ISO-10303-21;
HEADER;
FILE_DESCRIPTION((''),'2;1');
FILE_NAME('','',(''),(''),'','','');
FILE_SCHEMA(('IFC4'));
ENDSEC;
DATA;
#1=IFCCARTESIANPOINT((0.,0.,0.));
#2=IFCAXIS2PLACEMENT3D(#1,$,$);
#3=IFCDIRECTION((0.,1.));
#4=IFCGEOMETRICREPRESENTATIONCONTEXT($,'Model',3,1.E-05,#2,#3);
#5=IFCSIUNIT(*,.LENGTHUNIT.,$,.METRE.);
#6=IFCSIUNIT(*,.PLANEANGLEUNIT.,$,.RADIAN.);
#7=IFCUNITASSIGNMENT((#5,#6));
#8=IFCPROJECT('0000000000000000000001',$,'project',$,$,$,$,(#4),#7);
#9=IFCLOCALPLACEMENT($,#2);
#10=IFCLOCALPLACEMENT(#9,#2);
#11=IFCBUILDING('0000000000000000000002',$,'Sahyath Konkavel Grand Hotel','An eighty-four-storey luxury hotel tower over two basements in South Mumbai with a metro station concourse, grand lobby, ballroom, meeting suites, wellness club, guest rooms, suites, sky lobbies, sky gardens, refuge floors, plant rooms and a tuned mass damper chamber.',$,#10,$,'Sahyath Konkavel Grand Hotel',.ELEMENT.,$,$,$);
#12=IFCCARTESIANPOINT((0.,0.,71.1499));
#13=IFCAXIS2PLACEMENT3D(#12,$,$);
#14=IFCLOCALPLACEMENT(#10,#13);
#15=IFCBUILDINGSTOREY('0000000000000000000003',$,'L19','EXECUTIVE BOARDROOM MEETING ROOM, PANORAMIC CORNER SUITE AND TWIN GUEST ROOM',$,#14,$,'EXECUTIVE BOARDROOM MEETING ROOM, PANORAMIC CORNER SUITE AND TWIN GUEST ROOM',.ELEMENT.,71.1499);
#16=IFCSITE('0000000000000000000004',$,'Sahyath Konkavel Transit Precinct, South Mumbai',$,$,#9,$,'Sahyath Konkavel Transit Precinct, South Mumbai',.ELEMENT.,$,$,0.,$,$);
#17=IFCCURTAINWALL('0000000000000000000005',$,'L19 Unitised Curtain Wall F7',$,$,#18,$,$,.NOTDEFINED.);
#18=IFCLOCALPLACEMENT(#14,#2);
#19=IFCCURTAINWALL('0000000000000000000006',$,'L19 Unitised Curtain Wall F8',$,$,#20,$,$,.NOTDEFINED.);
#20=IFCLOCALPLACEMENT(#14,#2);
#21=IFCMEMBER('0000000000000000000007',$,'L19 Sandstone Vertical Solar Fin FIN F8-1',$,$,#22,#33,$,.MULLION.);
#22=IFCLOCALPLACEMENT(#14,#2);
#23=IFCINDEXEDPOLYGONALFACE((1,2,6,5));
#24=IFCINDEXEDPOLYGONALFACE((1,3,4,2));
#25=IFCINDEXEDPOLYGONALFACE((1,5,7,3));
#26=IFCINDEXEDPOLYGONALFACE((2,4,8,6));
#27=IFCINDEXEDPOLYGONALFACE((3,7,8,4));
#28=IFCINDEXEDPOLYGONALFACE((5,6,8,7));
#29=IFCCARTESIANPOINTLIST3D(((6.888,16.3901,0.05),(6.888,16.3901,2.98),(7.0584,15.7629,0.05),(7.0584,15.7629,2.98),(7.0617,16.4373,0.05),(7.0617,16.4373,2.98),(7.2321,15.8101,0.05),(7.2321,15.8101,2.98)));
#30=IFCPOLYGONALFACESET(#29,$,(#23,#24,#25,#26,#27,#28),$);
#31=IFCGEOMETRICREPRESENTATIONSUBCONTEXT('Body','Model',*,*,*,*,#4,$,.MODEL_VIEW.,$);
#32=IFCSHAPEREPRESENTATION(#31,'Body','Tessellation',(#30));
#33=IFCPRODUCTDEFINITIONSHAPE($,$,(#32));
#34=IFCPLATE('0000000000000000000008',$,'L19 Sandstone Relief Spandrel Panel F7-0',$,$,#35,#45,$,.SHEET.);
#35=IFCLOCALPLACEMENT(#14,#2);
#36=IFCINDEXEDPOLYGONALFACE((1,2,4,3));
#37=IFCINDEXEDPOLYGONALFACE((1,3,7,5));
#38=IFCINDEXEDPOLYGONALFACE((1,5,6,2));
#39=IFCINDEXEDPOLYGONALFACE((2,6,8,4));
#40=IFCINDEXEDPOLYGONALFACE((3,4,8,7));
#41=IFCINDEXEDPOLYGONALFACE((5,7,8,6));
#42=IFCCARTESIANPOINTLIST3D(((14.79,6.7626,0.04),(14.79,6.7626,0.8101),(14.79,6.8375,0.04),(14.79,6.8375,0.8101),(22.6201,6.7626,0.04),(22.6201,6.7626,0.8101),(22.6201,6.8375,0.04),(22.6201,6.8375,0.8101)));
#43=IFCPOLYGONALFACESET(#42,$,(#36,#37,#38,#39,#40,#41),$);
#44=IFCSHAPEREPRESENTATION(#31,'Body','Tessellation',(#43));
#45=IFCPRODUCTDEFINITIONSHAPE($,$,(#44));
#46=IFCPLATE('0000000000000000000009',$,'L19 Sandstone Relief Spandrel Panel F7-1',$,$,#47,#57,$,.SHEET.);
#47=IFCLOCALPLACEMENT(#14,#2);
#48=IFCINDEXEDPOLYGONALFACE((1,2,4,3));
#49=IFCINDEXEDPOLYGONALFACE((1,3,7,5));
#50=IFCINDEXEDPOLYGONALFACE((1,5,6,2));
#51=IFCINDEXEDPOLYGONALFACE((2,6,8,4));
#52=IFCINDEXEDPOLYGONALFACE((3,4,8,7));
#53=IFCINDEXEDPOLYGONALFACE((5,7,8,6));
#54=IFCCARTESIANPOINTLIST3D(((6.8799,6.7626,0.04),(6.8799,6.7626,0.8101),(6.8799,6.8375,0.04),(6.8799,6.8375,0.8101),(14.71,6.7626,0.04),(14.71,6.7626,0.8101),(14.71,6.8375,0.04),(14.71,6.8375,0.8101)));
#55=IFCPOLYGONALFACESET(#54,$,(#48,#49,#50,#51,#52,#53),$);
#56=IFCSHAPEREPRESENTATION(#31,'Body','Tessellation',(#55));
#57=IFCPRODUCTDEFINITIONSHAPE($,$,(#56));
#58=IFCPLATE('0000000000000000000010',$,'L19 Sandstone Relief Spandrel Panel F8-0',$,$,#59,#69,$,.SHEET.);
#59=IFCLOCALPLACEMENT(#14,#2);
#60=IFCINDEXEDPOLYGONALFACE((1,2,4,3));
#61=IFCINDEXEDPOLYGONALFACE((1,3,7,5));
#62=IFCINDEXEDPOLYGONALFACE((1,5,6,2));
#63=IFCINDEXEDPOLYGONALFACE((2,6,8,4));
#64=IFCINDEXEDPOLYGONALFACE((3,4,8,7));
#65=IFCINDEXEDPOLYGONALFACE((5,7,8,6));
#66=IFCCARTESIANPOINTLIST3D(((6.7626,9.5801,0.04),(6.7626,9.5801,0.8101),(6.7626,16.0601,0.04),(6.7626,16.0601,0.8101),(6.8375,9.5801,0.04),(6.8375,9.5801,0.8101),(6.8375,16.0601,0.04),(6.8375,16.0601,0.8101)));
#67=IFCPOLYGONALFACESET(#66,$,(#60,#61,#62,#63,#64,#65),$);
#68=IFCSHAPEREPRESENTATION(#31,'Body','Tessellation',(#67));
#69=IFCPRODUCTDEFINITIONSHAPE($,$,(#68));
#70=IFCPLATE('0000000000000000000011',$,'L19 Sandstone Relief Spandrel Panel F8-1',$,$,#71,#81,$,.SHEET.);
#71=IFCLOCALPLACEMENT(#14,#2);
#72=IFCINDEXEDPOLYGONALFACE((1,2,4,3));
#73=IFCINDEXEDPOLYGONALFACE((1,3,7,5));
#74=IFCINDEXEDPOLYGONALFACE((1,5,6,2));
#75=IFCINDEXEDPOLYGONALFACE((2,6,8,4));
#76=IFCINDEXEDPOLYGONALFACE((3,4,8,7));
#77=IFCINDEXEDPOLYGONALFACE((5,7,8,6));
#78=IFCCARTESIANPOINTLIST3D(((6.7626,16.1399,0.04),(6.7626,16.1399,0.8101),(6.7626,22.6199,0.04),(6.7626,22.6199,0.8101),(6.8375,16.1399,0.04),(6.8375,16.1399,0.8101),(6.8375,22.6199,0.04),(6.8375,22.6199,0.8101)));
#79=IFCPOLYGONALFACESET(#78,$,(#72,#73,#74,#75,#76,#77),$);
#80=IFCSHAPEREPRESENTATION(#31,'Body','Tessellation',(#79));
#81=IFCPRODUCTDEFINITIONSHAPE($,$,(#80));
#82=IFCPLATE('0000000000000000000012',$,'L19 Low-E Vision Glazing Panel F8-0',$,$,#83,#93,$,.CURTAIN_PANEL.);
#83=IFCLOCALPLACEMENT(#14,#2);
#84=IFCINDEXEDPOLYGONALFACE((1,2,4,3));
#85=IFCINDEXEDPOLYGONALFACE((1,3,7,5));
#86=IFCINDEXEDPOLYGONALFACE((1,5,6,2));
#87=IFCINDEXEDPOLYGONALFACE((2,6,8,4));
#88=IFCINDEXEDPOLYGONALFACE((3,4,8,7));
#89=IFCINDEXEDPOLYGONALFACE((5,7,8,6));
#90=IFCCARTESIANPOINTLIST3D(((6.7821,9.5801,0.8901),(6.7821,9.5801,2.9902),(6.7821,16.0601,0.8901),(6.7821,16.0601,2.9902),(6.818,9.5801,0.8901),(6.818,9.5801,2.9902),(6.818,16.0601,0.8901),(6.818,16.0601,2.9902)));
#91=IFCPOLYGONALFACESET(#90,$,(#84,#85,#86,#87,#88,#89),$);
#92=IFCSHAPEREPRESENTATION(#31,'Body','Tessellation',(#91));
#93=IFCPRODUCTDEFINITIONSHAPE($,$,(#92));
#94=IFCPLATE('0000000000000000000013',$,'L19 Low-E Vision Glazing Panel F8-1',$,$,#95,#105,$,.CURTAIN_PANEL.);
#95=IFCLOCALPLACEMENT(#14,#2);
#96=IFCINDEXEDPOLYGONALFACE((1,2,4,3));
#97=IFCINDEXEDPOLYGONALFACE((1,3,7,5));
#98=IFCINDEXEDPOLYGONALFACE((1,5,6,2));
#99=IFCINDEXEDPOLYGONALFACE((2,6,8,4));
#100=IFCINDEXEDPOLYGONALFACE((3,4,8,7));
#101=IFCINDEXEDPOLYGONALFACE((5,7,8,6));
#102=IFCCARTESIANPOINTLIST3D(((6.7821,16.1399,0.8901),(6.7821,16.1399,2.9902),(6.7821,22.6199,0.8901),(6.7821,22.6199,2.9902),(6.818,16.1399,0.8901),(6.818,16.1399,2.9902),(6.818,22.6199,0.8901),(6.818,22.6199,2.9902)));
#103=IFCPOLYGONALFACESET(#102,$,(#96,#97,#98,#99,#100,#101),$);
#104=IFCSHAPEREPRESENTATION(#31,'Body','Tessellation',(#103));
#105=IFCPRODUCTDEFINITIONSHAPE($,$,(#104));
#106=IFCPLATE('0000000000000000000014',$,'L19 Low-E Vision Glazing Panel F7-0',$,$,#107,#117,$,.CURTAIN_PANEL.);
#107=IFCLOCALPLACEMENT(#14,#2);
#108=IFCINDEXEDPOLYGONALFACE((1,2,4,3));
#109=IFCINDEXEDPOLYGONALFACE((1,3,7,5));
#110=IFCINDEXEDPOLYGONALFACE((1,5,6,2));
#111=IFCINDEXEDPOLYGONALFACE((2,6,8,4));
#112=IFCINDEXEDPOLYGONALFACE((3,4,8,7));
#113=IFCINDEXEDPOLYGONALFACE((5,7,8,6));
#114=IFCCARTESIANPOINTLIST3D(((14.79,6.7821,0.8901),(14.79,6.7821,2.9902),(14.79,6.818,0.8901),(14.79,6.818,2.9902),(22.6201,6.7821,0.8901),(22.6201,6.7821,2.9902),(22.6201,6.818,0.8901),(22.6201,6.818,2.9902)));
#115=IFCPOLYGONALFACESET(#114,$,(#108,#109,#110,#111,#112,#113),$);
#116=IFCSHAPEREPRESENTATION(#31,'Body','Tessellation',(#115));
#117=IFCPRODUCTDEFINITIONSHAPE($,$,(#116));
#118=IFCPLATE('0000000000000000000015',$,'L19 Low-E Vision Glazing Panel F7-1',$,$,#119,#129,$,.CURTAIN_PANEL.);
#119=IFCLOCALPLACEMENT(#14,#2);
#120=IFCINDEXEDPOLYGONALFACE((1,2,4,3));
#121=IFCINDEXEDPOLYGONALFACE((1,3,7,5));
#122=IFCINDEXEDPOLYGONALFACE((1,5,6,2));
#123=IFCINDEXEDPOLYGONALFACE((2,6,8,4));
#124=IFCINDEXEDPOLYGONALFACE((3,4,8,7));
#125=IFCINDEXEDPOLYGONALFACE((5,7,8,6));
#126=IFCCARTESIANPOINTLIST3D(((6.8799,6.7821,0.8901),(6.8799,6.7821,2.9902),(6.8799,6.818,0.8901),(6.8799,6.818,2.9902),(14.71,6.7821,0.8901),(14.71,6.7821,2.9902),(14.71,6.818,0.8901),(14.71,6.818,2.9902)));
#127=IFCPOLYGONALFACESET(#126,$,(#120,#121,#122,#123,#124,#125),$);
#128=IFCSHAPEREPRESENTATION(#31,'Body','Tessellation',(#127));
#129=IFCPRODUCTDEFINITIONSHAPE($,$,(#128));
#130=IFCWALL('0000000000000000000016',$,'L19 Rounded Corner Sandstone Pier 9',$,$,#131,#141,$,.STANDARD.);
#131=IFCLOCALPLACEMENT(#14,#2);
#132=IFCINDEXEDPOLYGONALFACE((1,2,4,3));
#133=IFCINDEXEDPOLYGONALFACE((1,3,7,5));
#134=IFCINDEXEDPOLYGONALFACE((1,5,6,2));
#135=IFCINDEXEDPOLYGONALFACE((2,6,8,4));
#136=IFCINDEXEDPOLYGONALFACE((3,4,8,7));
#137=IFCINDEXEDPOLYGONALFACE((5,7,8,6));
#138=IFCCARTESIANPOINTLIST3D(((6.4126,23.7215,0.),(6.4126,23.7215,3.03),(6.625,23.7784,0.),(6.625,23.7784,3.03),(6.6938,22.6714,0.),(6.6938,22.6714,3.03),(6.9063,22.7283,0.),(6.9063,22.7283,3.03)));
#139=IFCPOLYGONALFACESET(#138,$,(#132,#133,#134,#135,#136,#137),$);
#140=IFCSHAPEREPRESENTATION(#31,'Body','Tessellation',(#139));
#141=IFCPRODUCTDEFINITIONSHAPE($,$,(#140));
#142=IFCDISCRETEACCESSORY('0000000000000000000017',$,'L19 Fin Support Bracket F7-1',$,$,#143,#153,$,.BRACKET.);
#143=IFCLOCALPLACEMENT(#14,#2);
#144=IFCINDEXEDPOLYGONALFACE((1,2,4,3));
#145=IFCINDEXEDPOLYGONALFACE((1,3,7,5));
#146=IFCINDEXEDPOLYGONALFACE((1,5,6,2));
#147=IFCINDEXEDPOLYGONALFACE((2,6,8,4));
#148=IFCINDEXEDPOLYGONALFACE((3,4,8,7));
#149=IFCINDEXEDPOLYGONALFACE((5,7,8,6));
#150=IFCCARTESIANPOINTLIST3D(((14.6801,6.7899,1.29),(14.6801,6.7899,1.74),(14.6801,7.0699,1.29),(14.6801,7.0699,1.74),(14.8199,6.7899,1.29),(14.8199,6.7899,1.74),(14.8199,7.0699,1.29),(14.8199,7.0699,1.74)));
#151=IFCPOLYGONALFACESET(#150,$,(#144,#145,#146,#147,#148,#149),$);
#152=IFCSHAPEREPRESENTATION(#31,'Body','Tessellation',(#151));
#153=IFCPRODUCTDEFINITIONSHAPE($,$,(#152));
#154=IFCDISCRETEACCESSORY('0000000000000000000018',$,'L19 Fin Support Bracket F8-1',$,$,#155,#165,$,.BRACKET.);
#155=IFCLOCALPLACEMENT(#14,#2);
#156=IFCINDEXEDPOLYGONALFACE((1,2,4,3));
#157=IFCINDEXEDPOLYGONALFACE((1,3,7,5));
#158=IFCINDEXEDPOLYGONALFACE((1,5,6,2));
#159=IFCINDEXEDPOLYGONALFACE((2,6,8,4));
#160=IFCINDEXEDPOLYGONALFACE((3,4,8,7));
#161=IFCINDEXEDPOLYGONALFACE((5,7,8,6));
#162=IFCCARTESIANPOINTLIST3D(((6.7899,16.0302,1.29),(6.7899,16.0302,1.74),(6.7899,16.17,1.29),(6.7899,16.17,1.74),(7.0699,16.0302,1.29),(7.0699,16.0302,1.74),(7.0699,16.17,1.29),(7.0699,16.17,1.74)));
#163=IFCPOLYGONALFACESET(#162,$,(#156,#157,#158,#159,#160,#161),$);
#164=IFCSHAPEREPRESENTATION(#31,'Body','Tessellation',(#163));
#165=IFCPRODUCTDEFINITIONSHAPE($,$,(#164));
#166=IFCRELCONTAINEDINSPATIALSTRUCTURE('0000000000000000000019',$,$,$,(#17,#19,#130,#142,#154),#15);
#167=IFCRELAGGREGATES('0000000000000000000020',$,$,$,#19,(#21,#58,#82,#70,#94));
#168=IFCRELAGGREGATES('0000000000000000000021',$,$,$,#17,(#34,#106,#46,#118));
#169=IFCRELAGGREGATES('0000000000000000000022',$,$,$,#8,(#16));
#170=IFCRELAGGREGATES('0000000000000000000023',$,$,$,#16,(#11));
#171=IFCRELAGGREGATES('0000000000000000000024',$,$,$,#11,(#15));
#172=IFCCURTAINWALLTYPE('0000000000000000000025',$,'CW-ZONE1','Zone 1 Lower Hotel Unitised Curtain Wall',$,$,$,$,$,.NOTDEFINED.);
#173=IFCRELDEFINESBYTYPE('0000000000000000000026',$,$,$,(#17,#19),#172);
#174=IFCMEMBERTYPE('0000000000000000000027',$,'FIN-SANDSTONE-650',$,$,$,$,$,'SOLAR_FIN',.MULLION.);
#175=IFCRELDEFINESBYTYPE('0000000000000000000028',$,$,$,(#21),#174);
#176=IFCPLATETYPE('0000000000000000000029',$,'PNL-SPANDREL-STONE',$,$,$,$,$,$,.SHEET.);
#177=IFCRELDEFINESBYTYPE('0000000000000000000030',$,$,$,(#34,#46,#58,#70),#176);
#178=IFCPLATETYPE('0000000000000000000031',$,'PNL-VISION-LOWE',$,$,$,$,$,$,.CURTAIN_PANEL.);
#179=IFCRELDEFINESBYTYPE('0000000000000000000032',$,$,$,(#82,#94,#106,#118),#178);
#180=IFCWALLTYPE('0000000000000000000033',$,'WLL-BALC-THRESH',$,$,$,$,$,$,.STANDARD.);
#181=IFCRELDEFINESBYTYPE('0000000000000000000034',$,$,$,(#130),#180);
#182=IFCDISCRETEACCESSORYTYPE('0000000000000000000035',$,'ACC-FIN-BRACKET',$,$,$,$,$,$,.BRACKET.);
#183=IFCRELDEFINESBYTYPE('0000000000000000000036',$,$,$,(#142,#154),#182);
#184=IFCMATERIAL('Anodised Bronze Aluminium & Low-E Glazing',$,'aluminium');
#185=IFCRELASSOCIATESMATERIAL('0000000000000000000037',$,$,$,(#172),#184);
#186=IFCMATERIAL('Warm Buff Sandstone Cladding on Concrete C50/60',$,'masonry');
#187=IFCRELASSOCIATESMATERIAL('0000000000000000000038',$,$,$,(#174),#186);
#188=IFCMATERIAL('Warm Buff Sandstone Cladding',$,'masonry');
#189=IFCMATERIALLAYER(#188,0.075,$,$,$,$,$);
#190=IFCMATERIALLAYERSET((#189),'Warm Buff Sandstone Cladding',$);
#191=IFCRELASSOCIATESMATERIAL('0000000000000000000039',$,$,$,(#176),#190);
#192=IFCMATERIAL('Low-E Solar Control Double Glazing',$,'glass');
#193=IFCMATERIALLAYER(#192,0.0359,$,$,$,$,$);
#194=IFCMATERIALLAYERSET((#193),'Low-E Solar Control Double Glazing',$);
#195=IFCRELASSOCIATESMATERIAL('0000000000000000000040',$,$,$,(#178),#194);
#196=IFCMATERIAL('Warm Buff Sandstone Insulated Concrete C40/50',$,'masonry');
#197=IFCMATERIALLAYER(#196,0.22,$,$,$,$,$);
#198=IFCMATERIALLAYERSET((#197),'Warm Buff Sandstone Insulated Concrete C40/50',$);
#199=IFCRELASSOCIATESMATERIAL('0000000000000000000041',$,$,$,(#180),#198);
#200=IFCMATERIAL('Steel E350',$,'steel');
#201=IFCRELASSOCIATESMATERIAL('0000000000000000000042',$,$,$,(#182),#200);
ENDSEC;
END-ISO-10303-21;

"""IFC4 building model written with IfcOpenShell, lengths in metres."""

from ifc_helpers import new_model, si_unit, direction, frame, frame_2d, origin, origin_2d, place, context, subcontext, project, spatial, rectangle, extrude, source, transform, mapped, material, layer, layer_set, material_profile, profile_set, type_object, element, aggregate, save


model = new_model("IFC4")

# Units and contexts
model_context = context("Model", 3, precision=1e-05, world=origin(), true_north=direction((0.0, 1.0)))
body_context = subcontext(model_context, "Body", "Model", "MODEL_VIEW")
ifc_project = project(units=[si_unit("LENGTHUNIT", "METRE"), si_unit("PLANEANGLEUNIT", "RADIAN")], contexts=[model_context])

# Site, building, storey
site_placement = place(None, origin())
site = spatial("IfcSite", under=ifc_project, at=site_placement, Name="Sahyath Konkavel Transit Precinct, South Mumbai", LongName="Sahyath Konkavel Transit Precinct, South Mumbai", CompositionType="ELEMENT", RefElevation=0.0)
building_placement = place(site_placement, origin())
building = spatial("IfcBuilding", under=site, at=building_placement, Name="Sahyath Konkavel Grand Hotel", Description="An eighty-four-storey luxury hotel tower over two basements in South Mumbai with a metro station concourse, grand lobby, ballroom, meeting suites, wellness club, guest rooms, suites, sky lobbies, sky gardens, refuge floors, plant rooms and a tuned mass damper chamber.", LongName="Sahyath Konkavel Grand Hotel", CompositionType="ELEMENT")
storey_placement = place(building_placement, frame((0.0, 0.0, 71.1499)))
storey = spatial("IfcBuildingStorey", under=building, at=storey_placement, Name="L19", Description="EXECUTIVE BOARDROOM MEETING ROOM, PANORAMIC CORNER SUITE AND TWIN GUEST ROOM", LongName="EXECUTIVE BOARDROOM MEETING ROOM, PANORAMIC CORNER SUITE AND TWIN GUEST ROOM", CompositionType="ELEMENT", Elevation=71.1499)

# Curtain walls
ifc_material_1 = material(Name="Anodised Bronze Aluminium & Low-E Glazing", Category="aluminium")
curtain_wall_type = type_object("IfcCurtainWallType", Name="CW-ZONE1", Description="Zone 1 Lower Hotel Unitised Curtain Wall", PredefinedType="NOTDEFINED", material=ifc_material_1)
curtain_wall_1_placement = place(storey_placement, origin())
curtain_wall_1 = element("IfcCurtainWall", 1, at=curtain_wall_1_placement, inside=storey, type_object=curtain_wall_type, Name="L19 Unitised Curtain Wall F7", PredefinedType="NOTDEFINED")
curtain_wall_2_placement = place(storey_placement, origin())
curtain_wall_2 = element("IfcCurtainWall", 2, at=curtain_wall_2_placement, inside=storey, type_object=curtain_wall_type, Name="L19 Unitised Curtain Wall F8", PredefinedType="NOTDEFINED")

# Member
ifc_material_2 = material(Name="Warm Buff Sandstone Cladding on Concrete C50/60", Category="masonry")
ifc_material_profile_1 = material_profile(ifc_material_2, rectangle(XDim=0.1799, YDim=0.6499, at=origin_2d()), Name="FIN 180x650")
ifc_profile_set_1 = profile_set([ifc_material_profile_1], Name="Warm Buff Sandstone Cladding on Concrete C50/60")
member_type_1 = type_object("IfcMemberType", Name="FIN-SANDSTONE-650", ElementType="SOLAR_FIN", PredefinedType="MULLION", material=ifc_profile_set_1)
shared_shape_1 = source(origin(), body_context, "Body", "SweptSolid", [
    extrude(rectangle(XDim=0.1799, YDim=0.6499, at=origin_2d()), origin(), (0.0, 0.0, 1.0), 2.9299),
])
member_1_placement = place(storey_placement, frame((7.0601, 16.1001, 0.05), z_axis=(0.0, 0.0, 1.0), x_axis=(0.965016, 0.262189, 0.0)))
member_1 = element("IfcMember", 3, at=member_1_placement, type_object=member_type_1, Name="L19 Sandstone Vertical Solar Fin FIN F8-1", PredefinedType="MULLION", context=body_context, shape_type="MappedRepresentation", body=[
    mapped(shared_shape_1, transform((0.0, 0.0, 0.0), scale=1.0)),
])

# Plates
ifc_material_3 = material(Name="Warm Buff Sandstone Cladding", Category="masonry")
ifc_layer_1 = layer(ifc_material_3, 0.075)
ifc_layer_set_1 = layer_set([ifc_layer_1], Name="Warm Buff Sandstone Cladding")
plate_type_1 = type_object("IfcPlateType", Name="PNL-SPANDREL-STONE", PredefinedType="SHEET", material=ifc_layer_set_1)
shared_shape_2 = source(origin(), body_context, "Body", "SweptSolid", [
    extrude(rectangle(XDim=7.8301, YDim=0.075, at=origin_2d()), origin(), (0.0, 0.0, 1.0), 0.77),
])
plate_1_placement = place(storey_placement, frame((18.7051, 6.8, 0.04), z_axis=(0.0, 0.0, 1.0), x_axis=(-1.0, 0.0, 0.0)))
plate_1 = element("IfcPlate", 4, at=plate_1_placement, type_object=plate_type_1, Name="L19 Sandstone Relief Spandrel Panel F7-0", PredefinedType="SHEET", context=body_context, shape_type="MappedRepresentation", body=[
    mapped(shared_shape_2, transform((0.0, 0.0, 0.0), scale=1.0)),
])
plate_2_placement = place(storey_placement, frame((10.7949, 6.8, 0.04), z_axis=(0.0, 0.0, 1.0), x_axis=(-1.0, 0.0, 0.0)))
plate_2 = element("IfcPlate", 5, at=plate_2_placement, type_object=plate_type_1, Name="L19 Sandstone Relief Spandrel Panel F7-1", PredefinedType="SHEET", context=body_context, shape_type="MappedRepresentation", body=[
    mapped(shared_shape_2, transform((0.0, 0.0, 0.0), scale=1.0)),
])
shared_shape_3 = source(origin(), body_context, "Body", "SweptSolid", [
    extrude(rectangle(XDim=6.48, YDim=0.075, at=origin_2d()), origin(), (0.0, 0.0, 1.0), 0.77),
])
plate_3_placement = place(storey_placement, frame((6.8, 12.8201, 0.04), z_axis=(0.0, 0.0, 1.0), x_axis=(0.0, 1.0, 0.0)))
plate_3 = element("IfcPlate", 6, at=plate_3_placement, type_object=plate_type_1, Name="L19 Sandstone Relief Spandrel Panel F8-0", PredefinedType="SHEET", context=body_context, shape_type="MappedRepresentation", body=[
    mapped(shared_shape_3, transform((0.0, 0.0, 0.0), scale=1.0)),
])
plate_4_placement = place(storey_placement, frame((6.8, 19.3799, 0.04), z_axis=(0.0, 0.0, 1.0), x_axis=(0.0, 1.0, 0.0)))
plate_4 = element("IfcPlate", 7, at=plate_4_placement, type_object=plate_type_1, Name="L19 Sandstone Relief Spandrel Panel F8-1", PredefinedType="SHEET", context=body_context, shape_type="MappedRepresentation", body=[
    mapped(shared_shape_3, transform((0.0, 0.0, 0.0), scale=1.0)),
])
ifc_material_4 = material(Name="Low-E Solar Control Double Glazing", Category="glass")
ifc_layer_2 = layer(ifc_material_4, 0.0359)
ifc_layer_set_2 = layer_set([ifc_layer_2], Name="Low-E Solar Control Double Glazing")
plate_type_2 = type_object("IfcPlateType", Name="PNL-VISION-LOWE", PredefinedType="CURTAIN_PANEL", material=ifc_layer_set_2)
shared_shape_4 = source(origin(), body_context, "Body", "SweptSolid", [
    extrude(rectangle(XDim=6.48, YDim=0.0359, at=origin_2d()), origin(), (0.0, 0.0, 1.0), 2.1001),
])
plate_5_placement = place(storey_placement, frame((6.8, 12.8201, 0.8901), z_axis=(0.0, 0.0, 1.0), x_axis=(0.0, 1.0, 0.0)))
plate_5 = element("IfcPlate", 8, at=plate_5_placement, type_object=plate_type_2, Name="L19 Low-E Vision Glazing Panel F8-0", PredefinedType="CURTAIN_PANEL", context=body_context, shape_type="MappedRepresentation", body=[
    mapped(shared_shape_4, transform((0.0, 0.0, 0.0), scale=1.0)),
])
plate_6_placement = place(storey_placement, frame((6.8, 19.3799, 0.8901), z_axis=(0.0, 0.0, 1.0), x_axis=(0.0, 1.0, 0.0)))
plate_6 = element("IfcPlate", 9, at=plate_6_placement, type_object=plate_type_2, Name="L19 Low-E Vision Glazing Panel F8-1", PredefinedType="CURTAIN_PANEL", context=body_context, shape_type="MappedRepresentation", body=[
    mapped(shared_shape_4, transform((0.0, 0.0, 0.0), scale=1.0)),
])
aggregate(curtain_wall_2, [member_1, plate_3, plate_5, plate_4, plate_6])
shared_shape_5 = source(origin(), body_context, "Body", "SweptSolid", [
    extrude(rectangle(XDim=7.8301, YDim=0.0359, at=origin_2d()), origin(), (0.0, 0.0, 1.0), 2.1001),
])
plate_7_placement = place(storey_placement, frame((18.7051, 6.8, 0.8901), z_axis=(0.0, 0.0, 1.0), x_axis=(-1.0, 0.0, 0.0)))
plate_7 = element("IfcPlate", 10, at=plate_7_placement, type_object=plate_type_2, Name="L19 Low-E Vision Glazing Panel F7-0", PredefinedType="CURTAIN_PANEL", context=body_context, shape_type="MappedRepresentation", body=[
    mapped(shared_shape_5, transform((0.0, 0.0, 0.0), scale=1.0)),
])
plate_8_placement = place(storey_placement, frame((10.7949, 6.8, 0.8901), z_axis=(0.0, 0.0, 1.0), x_axis=(-1.0, 0.0, 0.0)))
plate_8 = element("IfcPlate", 11, at=plate_8_placement, type_object=plate_type_2, Name="L19 Low-E Vision Glazing Panel F7-1", PredefinedType="CURTAIN_PANEL", context=body_context, shape_type="MappedRepresentation", body=[
    mapped(shared_shape_5, transform((0.0, 0.0, 0.0), scale=1.0)),
])
aggregate(curtain_wall_1, [plate_1, plate_7, plate_2, plate_8])

# Wall
ifc_material_5 = material(Name="Warm Buff Sandstone Insulated Concrete C40/50", Category="masonry")
ifc_layer_3 = layer(ifc_material_5, 0.22)
ifc_layer_set_3 = layer_set([ifc_layer_3], Name="Warm Buff Sandstone Insulated Concrete C40/50")
wall_type = type_object("IfcWallType", Name="WLL-BALC-THRESH", PredefinedType="STANDARD", material=ifc_layer_set_3)
wall_placement = place(storey_placement, frame((6.8, 22.7, 0.0), z_axis=(0.0, 0.0, 1.0), x_axis=(-0.258725, 0.965951, 0.0)))
element("IfcWall", 12, at=wall_placement, inside=storey, type_object=wall_type, Name="L19 Rounded Corner Sandstone Pier 9", PredefinedType="STANDARD", context=body_context, shape_type="SweptSolid", body=[
    extrude(rectangle(XDim=1.0872, YDim=0.22, at=frame_2d((0.5435, 0.0))), origin(), (0.0, 0.0, 1.0), 3.03),
])

# Discrete accessories
ifc_material_6 = material(Name="Steel E350", Category="steel")
discrete_accessory_type = type_object("IfcDiscreteAccessoryType", Name="ACC-FIN-BRACKET", PredefinedType="BRACKET", material=ifc_material_6)
shared_shape_6 = source(origin(), body_context, "Body", "SweptSolid", [
    extrude(rectangle(XDim=0.28, YDim=0.1399, at=origin_2d()), origin(), (0.0, 0.0, 1.0), 0.45),
])
for number, where, z_axis, x_axis, name in (
    (13, (14.75, 6.9299, 1.29), (0.0, 0.0, 1.0), (0.0, 1.0, 0.0), "L19 Fin Support Bracket F7-1"),
    (14, (6.9299, 16.1001, 1.29), (0.0, 0.0, 1.0), (1.0, 0.0, 0.0), "L19 Fin Support Bracket F8-1"),
):
    element("IfcDiscreteAccessory", number, at=place(storey_placement, frame(where, z_axis=z_axis, x_axis=x_axis)), inside=storey, type_object=discrete_accessory_type, Name=name, PredefinedType="BRACKET", context=body_context, shape_type="MappedRepresentation", body=[
        mapped(shared_shape_6, transform((0.0, 0.0, 0.0), scale=1.0)),
    ])

save(model, "model.ifc")
